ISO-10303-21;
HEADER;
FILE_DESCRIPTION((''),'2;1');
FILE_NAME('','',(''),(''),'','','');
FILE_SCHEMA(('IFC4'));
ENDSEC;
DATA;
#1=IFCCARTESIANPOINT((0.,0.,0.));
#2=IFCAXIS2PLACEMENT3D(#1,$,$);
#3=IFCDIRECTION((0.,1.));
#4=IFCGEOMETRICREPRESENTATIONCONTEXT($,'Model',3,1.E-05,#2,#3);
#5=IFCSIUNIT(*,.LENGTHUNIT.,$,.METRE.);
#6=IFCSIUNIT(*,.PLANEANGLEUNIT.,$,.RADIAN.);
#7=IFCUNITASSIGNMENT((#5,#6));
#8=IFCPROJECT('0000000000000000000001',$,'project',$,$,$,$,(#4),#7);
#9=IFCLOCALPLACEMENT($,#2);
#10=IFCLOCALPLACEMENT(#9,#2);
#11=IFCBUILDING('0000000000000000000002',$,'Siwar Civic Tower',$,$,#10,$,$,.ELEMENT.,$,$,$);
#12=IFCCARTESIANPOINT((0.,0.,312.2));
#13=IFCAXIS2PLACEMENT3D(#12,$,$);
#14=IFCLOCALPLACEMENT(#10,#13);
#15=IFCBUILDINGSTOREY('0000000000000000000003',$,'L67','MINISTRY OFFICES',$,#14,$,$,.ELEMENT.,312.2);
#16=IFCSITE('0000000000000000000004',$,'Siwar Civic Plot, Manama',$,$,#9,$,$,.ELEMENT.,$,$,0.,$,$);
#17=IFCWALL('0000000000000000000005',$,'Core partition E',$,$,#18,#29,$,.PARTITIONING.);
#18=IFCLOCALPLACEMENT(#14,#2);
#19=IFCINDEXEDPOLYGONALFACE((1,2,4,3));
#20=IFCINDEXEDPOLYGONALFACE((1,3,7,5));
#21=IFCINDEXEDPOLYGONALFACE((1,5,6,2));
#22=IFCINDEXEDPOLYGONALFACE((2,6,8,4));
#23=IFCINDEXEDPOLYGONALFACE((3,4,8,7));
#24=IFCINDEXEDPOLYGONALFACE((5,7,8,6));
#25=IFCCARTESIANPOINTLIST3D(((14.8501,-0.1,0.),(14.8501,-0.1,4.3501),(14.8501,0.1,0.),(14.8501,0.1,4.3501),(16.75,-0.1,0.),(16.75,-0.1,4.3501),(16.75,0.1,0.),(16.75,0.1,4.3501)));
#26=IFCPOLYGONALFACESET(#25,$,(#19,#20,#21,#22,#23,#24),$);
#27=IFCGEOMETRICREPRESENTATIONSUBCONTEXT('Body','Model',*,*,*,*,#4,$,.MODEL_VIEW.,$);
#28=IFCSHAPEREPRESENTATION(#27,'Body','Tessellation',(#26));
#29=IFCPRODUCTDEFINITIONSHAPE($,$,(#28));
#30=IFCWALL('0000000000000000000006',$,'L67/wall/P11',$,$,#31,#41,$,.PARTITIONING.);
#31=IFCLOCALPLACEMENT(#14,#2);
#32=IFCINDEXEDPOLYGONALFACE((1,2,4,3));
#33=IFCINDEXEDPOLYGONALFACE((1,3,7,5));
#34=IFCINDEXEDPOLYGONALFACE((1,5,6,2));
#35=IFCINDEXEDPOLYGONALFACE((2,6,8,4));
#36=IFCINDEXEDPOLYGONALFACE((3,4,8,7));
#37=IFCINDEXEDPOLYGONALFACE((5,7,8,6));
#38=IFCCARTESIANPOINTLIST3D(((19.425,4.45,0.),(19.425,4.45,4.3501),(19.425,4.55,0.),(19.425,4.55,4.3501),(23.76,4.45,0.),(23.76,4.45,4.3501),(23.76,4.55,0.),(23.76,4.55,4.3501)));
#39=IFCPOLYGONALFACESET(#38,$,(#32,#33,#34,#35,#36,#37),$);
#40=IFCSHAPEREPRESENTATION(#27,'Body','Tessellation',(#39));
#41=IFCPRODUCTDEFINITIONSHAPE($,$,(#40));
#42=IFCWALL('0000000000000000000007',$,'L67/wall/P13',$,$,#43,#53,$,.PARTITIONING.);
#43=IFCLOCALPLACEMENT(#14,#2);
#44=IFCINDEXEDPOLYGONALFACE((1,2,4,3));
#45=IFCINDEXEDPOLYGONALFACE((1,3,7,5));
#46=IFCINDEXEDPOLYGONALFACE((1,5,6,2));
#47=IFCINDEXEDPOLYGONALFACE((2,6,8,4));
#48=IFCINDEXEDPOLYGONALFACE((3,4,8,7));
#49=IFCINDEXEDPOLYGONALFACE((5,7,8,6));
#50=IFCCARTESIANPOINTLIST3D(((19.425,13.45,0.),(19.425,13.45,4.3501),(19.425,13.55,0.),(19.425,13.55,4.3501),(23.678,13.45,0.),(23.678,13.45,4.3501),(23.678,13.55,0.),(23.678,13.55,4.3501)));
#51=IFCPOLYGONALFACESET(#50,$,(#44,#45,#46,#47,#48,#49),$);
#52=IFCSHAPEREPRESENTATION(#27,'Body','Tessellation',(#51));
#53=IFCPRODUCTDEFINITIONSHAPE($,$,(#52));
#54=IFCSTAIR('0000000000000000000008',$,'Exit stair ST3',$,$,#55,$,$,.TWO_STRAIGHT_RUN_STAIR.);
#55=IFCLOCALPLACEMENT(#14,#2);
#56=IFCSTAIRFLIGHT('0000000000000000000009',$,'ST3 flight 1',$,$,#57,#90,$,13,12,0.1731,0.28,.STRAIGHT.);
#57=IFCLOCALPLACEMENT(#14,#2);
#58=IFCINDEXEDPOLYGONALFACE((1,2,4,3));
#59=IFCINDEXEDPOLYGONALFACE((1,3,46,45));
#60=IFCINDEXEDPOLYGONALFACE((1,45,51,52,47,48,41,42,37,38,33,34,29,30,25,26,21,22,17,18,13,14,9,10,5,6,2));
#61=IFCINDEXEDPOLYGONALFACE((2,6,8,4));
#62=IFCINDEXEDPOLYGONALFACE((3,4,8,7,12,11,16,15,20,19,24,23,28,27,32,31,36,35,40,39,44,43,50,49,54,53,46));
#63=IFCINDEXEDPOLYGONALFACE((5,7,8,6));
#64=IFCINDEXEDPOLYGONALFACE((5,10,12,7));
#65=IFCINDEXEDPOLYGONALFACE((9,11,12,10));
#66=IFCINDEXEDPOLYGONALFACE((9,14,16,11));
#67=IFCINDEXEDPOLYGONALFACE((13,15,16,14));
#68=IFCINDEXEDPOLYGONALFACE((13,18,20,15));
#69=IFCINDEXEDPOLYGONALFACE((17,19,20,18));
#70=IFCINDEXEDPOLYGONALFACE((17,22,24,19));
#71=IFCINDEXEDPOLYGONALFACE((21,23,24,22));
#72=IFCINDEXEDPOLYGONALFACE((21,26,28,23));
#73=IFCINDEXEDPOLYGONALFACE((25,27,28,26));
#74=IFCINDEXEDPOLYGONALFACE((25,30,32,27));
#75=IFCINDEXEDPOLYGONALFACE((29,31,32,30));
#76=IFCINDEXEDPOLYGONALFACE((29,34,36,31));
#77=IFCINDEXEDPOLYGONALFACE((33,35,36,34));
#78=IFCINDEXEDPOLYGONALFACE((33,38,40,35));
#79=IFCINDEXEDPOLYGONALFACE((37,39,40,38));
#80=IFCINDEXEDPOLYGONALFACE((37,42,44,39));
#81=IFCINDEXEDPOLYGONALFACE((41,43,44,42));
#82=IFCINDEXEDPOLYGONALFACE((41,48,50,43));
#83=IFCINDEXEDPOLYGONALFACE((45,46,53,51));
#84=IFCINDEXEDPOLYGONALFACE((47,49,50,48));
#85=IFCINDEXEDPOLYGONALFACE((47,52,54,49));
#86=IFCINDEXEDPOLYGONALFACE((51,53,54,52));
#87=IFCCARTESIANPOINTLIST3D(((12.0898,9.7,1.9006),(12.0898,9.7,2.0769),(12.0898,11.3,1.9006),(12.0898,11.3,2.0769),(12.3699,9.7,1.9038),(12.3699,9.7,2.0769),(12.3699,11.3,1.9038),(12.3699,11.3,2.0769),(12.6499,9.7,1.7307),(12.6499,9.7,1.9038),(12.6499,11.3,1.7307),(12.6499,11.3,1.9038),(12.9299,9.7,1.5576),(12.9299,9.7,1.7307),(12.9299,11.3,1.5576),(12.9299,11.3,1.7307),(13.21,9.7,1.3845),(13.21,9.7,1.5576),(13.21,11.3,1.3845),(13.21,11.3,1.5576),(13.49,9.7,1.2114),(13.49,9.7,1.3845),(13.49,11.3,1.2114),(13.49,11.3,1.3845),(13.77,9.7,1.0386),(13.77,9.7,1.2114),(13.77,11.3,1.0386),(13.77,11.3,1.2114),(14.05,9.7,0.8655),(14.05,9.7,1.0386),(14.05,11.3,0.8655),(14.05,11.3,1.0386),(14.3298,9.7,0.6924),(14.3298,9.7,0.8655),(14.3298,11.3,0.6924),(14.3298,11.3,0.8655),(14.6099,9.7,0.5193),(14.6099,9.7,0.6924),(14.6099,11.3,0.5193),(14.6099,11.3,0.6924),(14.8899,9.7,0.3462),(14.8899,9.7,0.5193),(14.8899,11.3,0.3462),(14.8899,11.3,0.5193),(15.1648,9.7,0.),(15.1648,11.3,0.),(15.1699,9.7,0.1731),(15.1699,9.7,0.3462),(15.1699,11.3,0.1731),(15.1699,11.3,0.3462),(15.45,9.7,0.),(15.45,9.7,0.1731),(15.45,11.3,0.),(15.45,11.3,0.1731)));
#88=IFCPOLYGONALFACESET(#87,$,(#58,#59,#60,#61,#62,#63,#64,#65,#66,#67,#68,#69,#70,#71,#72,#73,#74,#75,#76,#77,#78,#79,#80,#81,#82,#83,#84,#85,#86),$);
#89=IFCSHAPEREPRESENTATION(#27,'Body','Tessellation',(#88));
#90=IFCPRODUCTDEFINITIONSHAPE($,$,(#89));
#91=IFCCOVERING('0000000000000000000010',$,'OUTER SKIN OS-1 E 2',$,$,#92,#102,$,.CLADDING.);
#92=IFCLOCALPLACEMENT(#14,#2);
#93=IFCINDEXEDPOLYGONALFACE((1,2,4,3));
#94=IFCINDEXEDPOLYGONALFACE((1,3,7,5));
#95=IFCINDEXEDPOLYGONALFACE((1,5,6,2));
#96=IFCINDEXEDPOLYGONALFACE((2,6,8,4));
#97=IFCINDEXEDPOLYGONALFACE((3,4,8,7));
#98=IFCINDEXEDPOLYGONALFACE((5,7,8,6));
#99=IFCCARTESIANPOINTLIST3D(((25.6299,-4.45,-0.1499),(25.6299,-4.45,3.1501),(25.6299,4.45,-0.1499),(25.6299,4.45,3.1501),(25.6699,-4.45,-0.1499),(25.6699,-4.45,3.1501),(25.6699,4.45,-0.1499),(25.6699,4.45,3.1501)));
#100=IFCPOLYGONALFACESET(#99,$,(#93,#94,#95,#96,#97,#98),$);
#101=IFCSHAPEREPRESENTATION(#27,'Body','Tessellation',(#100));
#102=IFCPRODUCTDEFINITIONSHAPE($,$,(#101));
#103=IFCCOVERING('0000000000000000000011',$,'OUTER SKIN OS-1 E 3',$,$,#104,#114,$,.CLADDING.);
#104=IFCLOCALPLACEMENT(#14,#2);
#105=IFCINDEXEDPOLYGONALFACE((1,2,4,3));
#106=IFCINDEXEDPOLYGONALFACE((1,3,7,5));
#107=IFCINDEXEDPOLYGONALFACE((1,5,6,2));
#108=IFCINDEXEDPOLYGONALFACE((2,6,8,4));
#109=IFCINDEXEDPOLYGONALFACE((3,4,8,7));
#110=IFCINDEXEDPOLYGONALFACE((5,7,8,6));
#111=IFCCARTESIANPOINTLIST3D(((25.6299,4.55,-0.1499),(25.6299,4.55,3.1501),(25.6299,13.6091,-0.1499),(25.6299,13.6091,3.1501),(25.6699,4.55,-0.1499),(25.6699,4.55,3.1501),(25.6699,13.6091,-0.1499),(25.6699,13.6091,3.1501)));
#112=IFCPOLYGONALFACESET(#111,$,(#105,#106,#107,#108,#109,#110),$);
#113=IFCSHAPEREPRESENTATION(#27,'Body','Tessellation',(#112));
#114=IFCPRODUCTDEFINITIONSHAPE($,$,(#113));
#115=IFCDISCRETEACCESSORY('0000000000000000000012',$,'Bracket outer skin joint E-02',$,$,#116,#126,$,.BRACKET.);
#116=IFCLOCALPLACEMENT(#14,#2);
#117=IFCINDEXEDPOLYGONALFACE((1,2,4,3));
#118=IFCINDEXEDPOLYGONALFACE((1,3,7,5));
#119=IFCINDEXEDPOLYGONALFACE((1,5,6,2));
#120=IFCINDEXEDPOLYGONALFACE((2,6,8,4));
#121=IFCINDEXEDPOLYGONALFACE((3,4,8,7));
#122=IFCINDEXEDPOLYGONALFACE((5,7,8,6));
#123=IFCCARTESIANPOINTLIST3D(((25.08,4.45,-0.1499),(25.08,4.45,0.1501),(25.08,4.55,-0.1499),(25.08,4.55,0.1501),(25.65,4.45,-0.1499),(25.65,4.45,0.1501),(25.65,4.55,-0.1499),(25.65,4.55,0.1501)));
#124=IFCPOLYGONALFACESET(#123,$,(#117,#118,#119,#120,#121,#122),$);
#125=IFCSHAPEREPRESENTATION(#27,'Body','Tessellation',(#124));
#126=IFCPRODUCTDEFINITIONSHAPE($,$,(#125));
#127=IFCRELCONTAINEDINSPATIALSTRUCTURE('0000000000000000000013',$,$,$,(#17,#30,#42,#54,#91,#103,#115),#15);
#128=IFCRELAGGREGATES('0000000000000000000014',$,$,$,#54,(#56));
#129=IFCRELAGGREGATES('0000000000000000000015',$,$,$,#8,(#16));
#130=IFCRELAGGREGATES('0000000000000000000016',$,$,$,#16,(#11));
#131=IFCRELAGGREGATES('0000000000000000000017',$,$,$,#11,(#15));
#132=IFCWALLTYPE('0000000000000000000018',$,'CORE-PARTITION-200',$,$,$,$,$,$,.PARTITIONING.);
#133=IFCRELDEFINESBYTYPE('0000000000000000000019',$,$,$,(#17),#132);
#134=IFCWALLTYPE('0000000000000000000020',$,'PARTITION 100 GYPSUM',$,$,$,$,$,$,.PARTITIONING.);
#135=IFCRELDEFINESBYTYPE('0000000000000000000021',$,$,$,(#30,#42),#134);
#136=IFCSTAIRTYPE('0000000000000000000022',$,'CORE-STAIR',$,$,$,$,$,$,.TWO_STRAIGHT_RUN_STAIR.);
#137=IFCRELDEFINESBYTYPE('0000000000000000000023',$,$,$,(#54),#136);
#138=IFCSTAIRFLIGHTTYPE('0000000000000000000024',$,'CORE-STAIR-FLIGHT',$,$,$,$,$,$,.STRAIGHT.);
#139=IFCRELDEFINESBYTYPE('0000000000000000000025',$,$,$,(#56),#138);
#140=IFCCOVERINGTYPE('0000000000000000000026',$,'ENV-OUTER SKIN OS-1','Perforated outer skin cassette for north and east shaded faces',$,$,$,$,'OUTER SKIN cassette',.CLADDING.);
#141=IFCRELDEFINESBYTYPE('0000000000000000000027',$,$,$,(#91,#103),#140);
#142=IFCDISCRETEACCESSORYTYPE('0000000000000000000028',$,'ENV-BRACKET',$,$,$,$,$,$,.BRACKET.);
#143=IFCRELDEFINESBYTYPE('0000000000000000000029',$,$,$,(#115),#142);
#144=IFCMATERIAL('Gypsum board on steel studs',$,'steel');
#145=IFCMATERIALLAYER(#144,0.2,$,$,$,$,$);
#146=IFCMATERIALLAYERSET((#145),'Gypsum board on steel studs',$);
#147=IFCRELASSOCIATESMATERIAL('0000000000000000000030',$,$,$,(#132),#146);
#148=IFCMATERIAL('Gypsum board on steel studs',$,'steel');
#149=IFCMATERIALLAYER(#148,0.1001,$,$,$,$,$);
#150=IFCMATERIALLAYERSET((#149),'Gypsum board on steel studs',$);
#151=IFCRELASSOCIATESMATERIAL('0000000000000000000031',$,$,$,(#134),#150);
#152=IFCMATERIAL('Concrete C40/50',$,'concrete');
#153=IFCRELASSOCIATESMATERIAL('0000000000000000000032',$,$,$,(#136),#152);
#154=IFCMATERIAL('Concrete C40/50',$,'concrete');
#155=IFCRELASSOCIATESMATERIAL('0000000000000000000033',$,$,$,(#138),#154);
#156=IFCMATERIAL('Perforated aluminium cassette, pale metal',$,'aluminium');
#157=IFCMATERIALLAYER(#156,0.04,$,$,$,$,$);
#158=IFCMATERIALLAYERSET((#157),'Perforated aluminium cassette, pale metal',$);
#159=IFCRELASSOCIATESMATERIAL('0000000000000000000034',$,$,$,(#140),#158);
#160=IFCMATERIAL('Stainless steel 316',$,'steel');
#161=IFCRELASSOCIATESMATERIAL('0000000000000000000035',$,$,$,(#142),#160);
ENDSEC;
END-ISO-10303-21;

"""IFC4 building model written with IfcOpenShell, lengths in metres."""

from ifc_helpers import new_model, si_unit, direction, frame, frame_2d, origin, origin_2d, place, context, subcontext, project, spatial, polyline, rectangle, outline, extrude, material, layer, layer_set, type_object, element, aggregate, save


model = new_model("IFC4")

# Units and contexts
model_context = context("Model", 3, precision=1e-05, world=origin(), true_north=direction((0.0, 1.0)))
body_context = subcontext(model_context, "Body", "Model", "MODEL_VIEW")
ifc_project = project(units=[si_unit("LENGTHUNIT", "METRE"), si_unit("PLANEANGLEUNIT", "RADIAN")], contexts=[model_context])

# Site, building, storey
site_placement = place(None, origin())
site = spatial("IfcSite", under=ifc_project, at=site_placement, Name="Siwar Civic Plot, Manama", CompositionType="ELEMENT", RefElevation=0.0)
building_placement = place(site_placement, origin())
building = spatial("IfcBuilding", under=site, at=building_placement, Name="Siwar Civic Tower", CompositionType="ELEMENT")
storey_placement = place(building_placement, frame((0.0, 0.0, 312.2)))
storey = spatial("IfcBuildingStorey", under=building, at=storey_placement, Name="L67", Description="MINISTRY OFFICES", CompositionType="ELEMENT", Elevation=312.2)

# Walls
ifc_material_1 = material(Name="Gypsum board on steel studs", Category="steel")
ifc_layer_1 = layer(ifc_material_1, 0.2)
ifc_layer_set_1 = layer_set([ifc_layer_1], Name="Gypsum board on steel studs")
wall_type_1 = type_object("IfcWallType", Name="CORE-PARTITION-200", PredefinedType="PARTITIONING", material=ifc_layer_set_1)
for number, where, z_axis, x_axis, name in (
    (1, (14.8501, 0.0, 0.0), (0.0, 0.0, 1.0), (1.0, 0.0, 0.0), "Core partition E"),
):
    element("IfcWall", number, at=place(storey_placement, frame(where, z_axis=z_axis, x_axis=x_axis)), inside=storey, type_object=wall_type_1, Name=name, PredefinedType="PARTITIONING", context=body_context, shape_type="SweptSolid", body=[
        extrude(rectangle(XDim=1.8999, YDim=0.2, at=frame_2d((0.95, 0.0))), origin(), (0.0, 0.0, 1.0), 4.3501),
    ])
ifc_material_2 = material(Name="Gypsum board on steel studs", Category="steel")
ifc_layer_2 = layer(ifc_material_2, 0.1001)
ifc_layer_set_2 = layer_set([ifc_layer_2], Name="Gypsum board on steel studs")
wall_type_2 = type_object("IfcWallType", Name="PARTITION 100 GYPSUM", PredefinedType="PARTITIONING", material=ifc_layer_set_2)
wall_1_placement = place(storey_placement, frame((19.425, 4.5, 0.0), z_axis=(0.0, 0.0, 1.0), x_axis=(1.0, 0.0, 0.0)))
element("IfcWall", 2, at=wall_1_placement, inside=storey, type_object=wall_type_2, Name="L67/wall/P11", PredefinedType="PARTITIONING", context=body_context, shape_type="SweptSolid", body=[
    extrude(rectangle(XDim=4.335, YDim=0.1001, at=frame_2d((2.1675, 0.0))), origin(), (0.0, 0.0, 1.0), 4.3501),
])
wall_2_placement = place(storey_placement, frame((19.425, 13.5, 0.0), z_axis=(0.0, 0.0, 1.0), x_axis=(1.0, 0.0, 0.0)))
element("IfcWall", 3, at=wall_2_placement, inside=storey, type_object=wall_type_2, Name="L67/wall/P13", PredefinedType="PARTITIONING", context=body_context, shape_type="SweptSolid", body=[
    extrude(rectangle(XDim=4.2529, YDim=0.1001, at=frame_2d((2.1265, 0.0))), origin(), (0.0, 0.0, 1.0), 4.3501),
])

# Stair, stair flight
ifc_material_3 = material(Name="Concrete C40/50", Category="concrete")
stair_type = type_object("IfcStairType", Name="CORE-STAIR", PredefinedType="TWO_STRAIGHT_RUN_STAIR", material=ifc_material_3)
stair_placement = place(storey_placement, origin())
stair = element("IfcStair", 4, at=stair_placement, inside=storey, type_object=stair_type, Name="Exit stair ST3", PredefinedType="TWO_STRAIGHT_RUN_STAIR")
ifc_material_4 = material(Name="Concrete C40/50", Category="concrete")
stair_flight_type = type_object("IfcStairFlightType", Name="CORE-STAIR-FLIGHT", PredefinedType="STRAIGHT", material=ifc_material_4)
stair_flight_placement = place(storey_placement, frame((15.45, 10.5, 0.0), z_axis=(0.0, 0.0, 1.0), x_axis=(-1.0, 0.0, 0.0)))
stair_flight = element("IfcStairFlight", 5, at=stair_flight_placement, type_object=stair_flight_type, Name="ST3 flight 1", NumberOfRisers=13, NumberOfTreads=12, PredefinedType="STRAIGHT", RiserHeight=0.1731, TreadLength=0.28, context=body_context, shape_type="SweptSolid", body=[
    extrude(outline(polyline([(0.0, 0.0), (0.0, 0.1731), (0.28, 0.1731), (0.28, 0.3462), (0.5601, 0.3462), (0.5601, 0.5193), (0.8401, 0.5193), (0.8401, 0.6924), (1.1201, 0.6924), (1.1201, 0.8655), (1.3999, 0.8655), (1.3999, 1.0386), (1.6799, 1.0386), (1.6799, 1.2114), (1.96, 1.2114), (1.96, 1.3845), (2.24, 1.3845), (2.24, 1.5576), (2.52, 1.5576), (2.52, 1.7307), (2.8, 1.7307), (2.8, 1.9038), (3.0801, 1.9038), (3.0801, 2.0769), (3.3601, 2.0769), (3.3601, 2.25), (3.3601, 1.9006), (0.2852, 0.0), (0.0, 0.0)])), frame((0.0, 0.8, 0.0), z_axis=(0.0, -1.0, 0.0), x_axis=(1.0, 0.0, 0.0)), (0.0, 0.0, 1.0), 1.6001),
])
aggregate(stair, [stair_flight])

# Coverings
ifc_material_5 = material(Name="Perforated aluminium cassette, pale metal", Category="aluminium")
ifc_layer_3 = layer(ifc_material_5, 0.04)
ifc_layer_set_3 = layer_set([ifc_layer_3], Name="Perforated aluminium cassette, pale metal")
covering_type = type_object("IfcCoveringType", Name="ENV-OUTER SKIN OS-1", Description="Perforated outer skin cassette for north and east shaded faces", ElementType="OUTER SKIN cassette", PredefinedType="CLADDING", material=ifc_layer_set_3)
covering_1_placement = place(storey_placement, frame((25.6499, 0.0, -0.1499), z_axis=(0.0, 0.0, 1.0), x_axis=(0.0, 1.0, 0.0)))
element("IfcCovering", 6, at=covering_1_placement, inside=storey, type_object=covering_type, Name="OUTER SKIN OS-1 E 2", PredefinedType="CLADDING", context=body_context, shape_type="SweptSolid", body=[
    extrude(rectangle(XDim=8.8999, YDim=0.04, at=origin_2d()), origin(), (0.0, 0.0, 1.0), 3.3),
])
covering_2_placement = place(storey_placement, frame((25.6499, 9.0796, -0.1499), z_axis=(0.0, 0.0, 1.0), x_axis=(0.0, 1.0, 0.0)))
element("IfcCovering", 7, at=covering_2_placement, inside=storey, type_object=covering_type, Name="OUTER SKIN OS-1 E 3", PredefinedType="CLADDING", context=body_context, shape_type="SweptSolid", body=[
    extrude(rectangle(XDim=9.0591, YDim=0.04, at=origin_2d()), origin(), (0.0, 0.0, 1.0), 3.3),
])

# Discrete accessory
ifc_material_6 = material(Name="Stainless steel 316", Category="steel")
discrete_accessory_type = type_object("IfcDiscreteAccessoryType", Name="ENV-BRACKET", PredefinedType="BRACKET", material=ifc_material_6)
discrete_accessory_placement = place(storey_placement, frame((25.365, 4.5, -0.1499), z_axis=(0.0, 0.0, 1.0), x_axis=(1.0, 0.0, 0.0)))
element("IfcDiscreteAccessory", 8, at=discrete_accessory_placement, inside=storey, type_object=discrete_accessory_type, Name="Bracket outer skin joint E-02", PredefinedType="BRACKET", context=body_context, shape_type="SweptSolid", body=[
    extrude(rectangle(XDim=0.5701, YDim=0.1001, at=origin_2d()), origin(), (0.0, 0.0, 1.0), 0.3),
])

save(model, "model.ifc")
